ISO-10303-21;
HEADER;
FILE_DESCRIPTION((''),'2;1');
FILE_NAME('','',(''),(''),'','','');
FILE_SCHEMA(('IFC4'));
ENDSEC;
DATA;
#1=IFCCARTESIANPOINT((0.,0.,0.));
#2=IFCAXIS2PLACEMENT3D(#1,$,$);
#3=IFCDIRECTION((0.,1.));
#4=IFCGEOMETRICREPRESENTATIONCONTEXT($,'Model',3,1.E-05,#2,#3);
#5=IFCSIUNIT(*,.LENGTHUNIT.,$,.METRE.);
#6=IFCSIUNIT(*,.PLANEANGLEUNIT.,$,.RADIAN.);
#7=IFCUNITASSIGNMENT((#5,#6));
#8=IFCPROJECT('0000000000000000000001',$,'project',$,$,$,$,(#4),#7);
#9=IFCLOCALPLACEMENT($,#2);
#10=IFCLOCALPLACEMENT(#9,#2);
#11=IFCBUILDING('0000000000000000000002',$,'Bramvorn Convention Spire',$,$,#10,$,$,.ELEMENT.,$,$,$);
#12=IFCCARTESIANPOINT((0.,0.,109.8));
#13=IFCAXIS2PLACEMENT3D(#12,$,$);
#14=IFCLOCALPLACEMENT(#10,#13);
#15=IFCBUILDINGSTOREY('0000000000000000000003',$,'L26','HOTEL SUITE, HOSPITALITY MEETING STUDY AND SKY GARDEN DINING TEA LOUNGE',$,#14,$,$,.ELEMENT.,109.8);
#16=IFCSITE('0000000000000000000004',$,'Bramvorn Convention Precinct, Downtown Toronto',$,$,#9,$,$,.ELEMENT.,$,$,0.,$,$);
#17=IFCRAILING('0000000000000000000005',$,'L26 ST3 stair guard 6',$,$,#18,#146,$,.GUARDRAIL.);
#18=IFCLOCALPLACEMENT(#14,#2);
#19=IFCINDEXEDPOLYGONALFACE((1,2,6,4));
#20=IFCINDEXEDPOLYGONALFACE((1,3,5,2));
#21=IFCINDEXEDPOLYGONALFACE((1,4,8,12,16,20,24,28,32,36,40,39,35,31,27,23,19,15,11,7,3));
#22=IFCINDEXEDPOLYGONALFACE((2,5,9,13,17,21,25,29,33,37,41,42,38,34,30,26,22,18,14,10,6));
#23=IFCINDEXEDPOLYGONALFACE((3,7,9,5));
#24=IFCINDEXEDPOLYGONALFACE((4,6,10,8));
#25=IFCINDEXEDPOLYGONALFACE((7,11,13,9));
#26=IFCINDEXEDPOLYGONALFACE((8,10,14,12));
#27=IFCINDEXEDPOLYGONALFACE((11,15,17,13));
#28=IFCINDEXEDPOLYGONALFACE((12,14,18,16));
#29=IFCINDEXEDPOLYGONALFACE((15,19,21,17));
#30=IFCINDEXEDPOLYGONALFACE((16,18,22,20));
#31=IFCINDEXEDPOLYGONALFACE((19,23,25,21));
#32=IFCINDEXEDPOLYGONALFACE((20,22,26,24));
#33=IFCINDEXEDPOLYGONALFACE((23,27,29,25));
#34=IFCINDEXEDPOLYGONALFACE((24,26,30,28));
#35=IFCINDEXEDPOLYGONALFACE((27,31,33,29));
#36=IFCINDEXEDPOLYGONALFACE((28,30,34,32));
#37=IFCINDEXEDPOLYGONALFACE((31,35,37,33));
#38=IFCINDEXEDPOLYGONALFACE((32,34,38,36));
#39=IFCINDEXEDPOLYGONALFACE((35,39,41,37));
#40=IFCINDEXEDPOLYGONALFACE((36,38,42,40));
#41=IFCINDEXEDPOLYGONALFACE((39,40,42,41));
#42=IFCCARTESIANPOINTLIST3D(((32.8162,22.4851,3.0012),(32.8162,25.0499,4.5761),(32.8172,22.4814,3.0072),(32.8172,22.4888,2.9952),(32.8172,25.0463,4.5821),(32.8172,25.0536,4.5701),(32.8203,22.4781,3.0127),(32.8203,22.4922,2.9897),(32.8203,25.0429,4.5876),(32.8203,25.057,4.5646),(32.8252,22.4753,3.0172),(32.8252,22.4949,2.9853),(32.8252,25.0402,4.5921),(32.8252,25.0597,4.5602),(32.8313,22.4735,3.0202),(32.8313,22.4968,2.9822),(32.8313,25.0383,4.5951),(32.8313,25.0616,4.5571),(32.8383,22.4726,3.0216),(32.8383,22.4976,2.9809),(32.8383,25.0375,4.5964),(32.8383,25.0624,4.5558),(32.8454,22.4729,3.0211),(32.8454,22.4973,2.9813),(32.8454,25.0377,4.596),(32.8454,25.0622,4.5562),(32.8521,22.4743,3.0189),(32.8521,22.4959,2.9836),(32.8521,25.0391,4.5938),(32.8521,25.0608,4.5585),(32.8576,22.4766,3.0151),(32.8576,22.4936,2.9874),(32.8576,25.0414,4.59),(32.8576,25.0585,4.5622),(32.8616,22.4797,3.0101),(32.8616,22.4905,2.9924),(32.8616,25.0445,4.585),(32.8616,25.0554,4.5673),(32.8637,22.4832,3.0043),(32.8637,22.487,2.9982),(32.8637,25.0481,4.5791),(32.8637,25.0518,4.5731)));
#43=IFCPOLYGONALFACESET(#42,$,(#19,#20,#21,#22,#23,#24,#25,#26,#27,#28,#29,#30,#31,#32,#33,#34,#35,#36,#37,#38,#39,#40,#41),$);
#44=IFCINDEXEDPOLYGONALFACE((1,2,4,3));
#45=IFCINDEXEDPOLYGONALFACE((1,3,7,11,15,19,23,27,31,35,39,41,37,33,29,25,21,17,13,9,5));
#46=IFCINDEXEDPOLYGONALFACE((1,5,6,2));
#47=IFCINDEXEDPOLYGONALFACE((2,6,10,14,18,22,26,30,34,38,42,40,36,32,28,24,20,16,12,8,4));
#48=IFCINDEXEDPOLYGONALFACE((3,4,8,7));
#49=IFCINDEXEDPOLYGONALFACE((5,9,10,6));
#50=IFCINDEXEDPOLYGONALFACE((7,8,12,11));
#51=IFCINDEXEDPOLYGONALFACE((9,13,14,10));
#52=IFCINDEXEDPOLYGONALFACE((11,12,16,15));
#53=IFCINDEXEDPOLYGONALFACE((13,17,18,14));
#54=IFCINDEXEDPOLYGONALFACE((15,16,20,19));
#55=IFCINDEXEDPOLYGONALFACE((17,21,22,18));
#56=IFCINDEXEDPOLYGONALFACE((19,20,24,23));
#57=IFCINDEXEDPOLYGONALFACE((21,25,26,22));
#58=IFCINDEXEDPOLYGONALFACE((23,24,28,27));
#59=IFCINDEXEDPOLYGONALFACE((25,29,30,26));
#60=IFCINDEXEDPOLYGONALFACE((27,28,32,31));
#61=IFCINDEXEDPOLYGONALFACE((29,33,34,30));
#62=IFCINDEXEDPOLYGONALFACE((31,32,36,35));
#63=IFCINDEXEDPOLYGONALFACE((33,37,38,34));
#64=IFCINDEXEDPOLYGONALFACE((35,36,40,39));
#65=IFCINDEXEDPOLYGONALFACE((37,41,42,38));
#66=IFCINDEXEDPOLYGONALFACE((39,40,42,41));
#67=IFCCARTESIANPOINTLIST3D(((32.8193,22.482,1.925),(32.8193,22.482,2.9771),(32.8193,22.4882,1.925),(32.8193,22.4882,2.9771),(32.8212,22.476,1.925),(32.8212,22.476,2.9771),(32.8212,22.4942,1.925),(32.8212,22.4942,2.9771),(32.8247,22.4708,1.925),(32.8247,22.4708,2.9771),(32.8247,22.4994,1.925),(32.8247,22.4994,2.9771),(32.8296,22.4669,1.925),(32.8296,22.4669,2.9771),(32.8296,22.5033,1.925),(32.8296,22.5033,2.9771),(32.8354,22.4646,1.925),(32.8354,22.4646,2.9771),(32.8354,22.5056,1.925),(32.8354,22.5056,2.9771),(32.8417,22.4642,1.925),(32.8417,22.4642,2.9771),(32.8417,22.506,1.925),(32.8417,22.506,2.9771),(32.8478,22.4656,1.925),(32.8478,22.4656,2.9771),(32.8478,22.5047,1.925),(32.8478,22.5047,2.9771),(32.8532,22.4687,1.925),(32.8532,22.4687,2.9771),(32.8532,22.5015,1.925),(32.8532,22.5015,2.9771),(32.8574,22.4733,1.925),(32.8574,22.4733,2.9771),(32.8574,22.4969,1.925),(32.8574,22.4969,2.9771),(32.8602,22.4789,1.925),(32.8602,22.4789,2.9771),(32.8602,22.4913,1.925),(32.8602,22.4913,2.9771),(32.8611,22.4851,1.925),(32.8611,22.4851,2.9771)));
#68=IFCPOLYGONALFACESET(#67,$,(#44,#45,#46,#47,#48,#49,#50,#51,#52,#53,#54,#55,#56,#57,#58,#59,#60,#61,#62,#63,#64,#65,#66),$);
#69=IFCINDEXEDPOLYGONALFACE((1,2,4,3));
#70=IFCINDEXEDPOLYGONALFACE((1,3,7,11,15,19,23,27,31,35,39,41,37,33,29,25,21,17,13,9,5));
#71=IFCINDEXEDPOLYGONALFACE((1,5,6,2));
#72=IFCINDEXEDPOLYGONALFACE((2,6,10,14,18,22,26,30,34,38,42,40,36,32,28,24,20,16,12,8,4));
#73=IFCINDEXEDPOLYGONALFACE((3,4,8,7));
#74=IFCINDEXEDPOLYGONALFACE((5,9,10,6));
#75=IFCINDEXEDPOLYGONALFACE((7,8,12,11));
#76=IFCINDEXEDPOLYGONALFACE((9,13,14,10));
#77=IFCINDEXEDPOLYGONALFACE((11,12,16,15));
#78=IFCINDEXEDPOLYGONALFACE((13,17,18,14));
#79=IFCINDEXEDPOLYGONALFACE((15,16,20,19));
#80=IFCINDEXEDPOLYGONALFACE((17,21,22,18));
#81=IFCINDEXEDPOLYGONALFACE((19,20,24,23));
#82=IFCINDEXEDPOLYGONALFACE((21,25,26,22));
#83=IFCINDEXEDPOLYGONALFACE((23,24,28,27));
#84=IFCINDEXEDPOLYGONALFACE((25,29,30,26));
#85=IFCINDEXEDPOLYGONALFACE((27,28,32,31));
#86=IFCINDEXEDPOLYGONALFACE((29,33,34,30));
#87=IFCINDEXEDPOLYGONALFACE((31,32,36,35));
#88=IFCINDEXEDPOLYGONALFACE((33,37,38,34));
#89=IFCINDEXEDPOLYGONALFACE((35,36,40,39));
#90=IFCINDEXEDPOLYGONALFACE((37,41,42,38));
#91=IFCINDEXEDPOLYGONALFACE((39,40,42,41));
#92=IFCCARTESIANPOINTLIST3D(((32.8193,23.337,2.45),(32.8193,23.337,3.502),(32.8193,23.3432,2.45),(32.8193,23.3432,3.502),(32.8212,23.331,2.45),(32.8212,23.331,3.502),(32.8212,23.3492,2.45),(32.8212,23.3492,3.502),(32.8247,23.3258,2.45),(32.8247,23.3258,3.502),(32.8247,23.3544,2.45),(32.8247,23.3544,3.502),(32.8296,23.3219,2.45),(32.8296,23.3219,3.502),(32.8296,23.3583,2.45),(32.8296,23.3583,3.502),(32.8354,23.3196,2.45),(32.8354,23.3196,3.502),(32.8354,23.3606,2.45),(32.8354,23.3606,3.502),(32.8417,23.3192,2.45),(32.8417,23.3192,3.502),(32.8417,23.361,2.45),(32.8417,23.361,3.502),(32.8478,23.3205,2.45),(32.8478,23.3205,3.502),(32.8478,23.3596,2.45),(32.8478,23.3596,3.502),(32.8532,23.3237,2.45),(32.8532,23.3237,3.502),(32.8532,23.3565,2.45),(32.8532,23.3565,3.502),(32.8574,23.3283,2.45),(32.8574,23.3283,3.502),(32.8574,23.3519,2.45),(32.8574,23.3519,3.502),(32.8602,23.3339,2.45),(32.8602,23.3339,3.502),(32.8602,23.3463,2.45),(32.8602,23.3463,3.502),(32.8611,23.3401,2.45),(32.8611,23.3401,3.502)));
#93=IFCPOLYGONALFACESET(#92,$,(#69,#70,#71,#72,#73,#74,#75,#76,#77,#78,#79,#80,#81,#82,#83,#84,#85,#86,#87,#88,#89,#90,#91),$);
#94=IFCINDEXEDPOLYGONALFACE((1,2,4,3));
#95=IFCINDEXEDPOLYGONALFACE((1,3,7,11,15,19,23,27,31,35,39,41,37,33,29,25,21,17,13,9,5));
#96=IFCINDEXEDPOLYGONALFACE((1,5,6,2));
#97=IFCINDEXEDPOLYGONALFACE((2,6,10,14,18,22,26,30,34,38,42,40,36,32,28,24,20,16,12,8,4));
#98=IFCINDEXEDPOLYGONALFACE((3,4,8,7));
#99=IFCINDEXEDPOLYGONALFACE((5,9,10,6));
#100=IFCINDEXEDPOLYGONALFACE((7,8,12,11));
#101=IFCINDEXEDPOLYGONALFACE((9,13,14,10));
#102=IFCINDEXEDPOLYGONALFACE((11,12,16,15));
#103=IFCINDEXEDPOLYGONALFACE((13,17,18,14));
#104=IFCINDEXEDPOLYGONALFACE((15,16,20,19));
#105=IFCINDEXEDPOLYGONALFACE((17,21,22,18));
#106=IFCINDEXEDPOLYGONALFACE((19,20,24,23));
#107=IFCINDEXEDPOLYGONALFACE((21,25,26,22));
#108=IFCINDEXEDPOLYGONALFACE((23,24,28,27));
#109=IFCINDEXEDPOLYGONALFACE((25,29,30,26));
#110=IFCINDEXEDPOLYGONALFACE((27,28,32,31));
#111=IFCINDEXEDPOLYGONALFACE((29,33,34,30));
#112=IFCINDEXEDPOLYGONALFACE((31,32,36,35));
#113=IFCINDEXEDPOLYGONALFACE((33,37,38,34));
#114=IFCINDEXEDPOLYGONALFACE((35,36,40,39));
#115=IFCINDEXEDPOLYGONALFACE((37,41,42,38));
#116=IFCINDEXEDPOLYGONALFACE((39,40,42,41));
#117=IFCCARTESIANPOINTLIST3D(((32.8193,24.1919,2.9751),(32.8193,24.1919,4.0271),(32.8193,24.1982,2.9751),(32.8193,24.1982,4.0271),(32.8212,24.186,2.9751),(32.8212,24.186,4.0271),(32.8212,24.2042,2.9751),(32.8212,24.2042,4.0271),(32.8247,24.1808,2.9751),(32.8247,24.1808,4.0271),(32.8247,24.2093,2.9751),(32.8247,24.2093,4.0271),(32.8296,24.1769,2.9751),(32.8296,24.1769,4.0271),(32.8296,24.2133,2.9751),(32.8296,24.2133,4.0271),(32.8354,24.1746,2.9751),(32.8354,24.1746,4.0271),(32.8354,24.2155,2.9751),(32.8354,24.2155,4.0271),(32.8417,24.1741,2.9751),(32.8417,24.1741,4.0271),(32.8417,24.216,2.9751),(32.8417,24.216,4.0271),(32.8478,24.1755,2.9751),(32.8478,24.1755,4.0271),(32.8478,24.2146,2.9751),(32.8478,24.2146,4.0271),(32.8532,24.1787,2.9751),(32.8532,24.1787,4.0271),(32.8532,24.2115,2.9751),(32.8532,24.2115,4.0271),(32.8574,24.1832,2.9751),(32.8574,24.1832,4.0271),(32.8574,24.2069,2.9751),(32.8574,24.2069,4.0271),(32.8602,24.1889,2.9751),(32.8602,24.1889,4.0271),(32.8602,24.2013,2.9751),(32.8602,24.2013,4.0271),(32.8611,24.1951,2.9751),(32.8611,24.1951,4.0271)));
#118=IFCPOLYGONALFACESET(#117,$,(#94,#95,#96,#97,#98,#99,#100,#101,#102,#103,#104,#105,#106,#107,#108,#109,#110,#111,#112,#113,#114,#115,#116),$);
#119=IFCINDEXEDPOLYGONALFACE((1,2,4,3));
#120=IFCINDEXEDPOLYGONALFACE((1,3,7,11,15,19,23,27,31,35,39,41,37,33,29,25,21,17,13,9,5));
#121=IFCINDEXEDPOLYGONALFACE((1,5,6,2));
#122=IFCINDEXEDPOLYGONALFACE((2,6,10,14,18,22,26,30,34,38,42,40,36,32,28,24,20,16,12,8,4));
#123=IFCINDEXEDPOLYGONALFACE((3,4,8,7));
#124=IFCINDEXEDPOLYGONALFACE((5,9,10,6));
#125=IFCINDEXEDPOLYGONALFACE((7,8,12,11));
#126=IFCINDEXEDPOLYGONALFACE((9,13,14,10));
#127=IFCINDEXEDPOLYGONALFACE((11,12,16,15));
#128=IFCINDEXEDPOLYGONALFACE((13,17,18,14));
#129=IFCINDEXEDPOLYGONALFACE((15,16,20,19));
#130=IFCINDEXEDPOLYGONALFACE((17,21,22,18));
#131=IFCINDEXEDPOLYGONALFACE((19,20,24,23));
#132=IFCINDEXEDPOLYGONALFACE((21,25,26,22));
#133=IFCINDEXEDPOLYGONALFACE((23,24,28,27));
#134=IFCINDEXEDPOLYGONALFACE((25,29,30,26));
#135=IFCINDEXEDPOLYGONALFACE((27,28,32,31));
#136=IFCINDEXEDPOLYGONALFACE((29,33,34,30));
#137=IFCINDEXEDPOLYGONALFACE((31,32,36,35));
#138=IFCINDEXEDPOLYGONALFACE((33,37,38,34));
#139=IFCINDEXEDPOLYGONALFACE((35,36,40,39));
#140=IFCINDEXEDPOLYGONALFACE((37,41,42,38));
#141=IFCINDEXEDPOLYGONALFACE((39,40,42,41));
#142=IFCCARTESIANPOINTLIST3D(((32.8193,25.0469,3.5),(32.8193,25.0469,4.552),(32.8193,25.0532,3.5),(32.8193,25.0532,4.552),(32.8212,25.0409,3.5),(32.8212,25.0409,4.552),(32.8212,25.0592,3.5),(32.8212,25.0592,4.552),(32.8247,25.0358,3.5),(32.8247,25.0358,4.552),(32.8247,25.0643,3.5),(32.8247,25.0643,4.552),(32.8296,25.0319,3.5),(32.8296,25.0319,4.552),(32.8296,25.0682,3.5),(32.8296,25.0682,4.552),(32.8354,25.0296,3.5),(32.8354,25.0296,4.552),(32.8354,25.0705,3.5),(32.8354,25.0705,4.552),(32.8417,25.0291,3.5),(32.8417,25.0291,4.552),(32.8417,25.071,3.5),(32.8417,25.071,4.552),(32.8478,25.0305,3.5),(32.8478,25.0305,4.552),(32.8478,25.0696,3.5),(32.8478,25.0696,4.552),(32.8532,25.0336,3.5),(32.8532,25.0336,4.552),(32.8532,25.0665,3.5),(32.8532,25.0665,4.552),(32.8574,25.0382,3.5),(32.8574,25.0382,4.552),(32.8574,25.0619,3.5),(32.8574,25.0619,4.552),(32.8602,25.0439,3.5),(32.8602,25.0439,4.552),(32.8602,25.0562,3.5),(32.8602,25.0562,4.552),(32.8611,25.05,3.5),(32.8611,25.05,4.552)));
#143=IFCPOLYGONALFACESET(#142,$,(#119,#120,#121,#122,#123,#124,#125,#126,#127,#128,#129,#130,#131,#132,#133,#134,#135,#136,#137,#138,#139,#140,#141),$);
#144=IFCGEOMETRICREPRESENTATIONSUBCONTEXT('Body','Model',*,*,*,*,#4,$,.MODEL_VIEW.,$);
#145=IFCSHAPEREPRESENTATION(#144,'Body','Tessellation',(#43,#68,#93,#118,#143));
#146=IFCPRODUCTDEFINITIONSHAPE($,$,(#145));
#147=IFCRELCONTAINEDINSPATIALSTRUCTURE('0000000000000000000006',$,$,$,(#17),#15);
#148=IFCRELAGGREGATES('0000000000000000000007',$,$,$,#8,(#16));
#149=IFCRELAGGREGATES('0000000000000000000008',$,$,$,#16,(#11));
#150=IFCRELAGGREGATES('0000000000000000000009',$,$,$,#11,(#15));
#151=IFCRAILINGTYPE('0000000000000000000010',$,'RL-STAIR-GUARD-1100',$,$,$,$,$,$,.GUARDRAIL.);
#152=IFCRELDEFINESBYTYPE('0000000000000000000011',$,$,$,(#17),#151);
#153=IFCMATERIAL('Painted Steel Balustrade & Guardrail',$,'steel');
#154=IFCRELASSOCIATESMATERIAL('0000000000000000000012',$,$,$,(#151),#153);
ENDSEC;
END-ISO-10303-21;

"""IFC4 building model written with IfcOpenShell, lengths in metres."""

from ifc_helpers import new_model, si_unit, direction, frame, origin, origin_2d, place, context, subcontext, project, spatial, circle, extrude, material, type_object, element, save


model = new_model("IFC4")

# Units and contexts
model_context = context("Model", 3, precision=1e-05, world=origin(), true_north=direction((0.0, 1.0)))
body_context = subcontext(model_context, "Body", "Model", "MODEL_VIEW")
ifc_project = project(units=[si_unit("LENGTHUNIT", "METRE"), si_unit("PLANEANGLEUNIT", "RADIAN")], contexts=[model_context])

# Site, building, storey
site_placement = place(None, origin())
site = spatial("IfcSite", under=ifc_project, at=site_placement, Name="Bramvorn Convention Precinct, Downtown Toronto", CompositionType="ELEMENT", RefElevation=0.0)
building_placement = place(site_placement, origin())
building = spatial("IfcBuilding", under=site, at=building_placement, Name="Bramvorn Convention Spire", CompositionType="ELEMENT")
storey_placement = place(building_placement, frame((0.0, 0.0, 109.8)))
storey = spatial("IfcBuildingStorey", under=building, at=storey_placement, Name="L26", Description="HOTEL SUITE, HOSPITALITY MEETING STUDY AND SKY GARDEN DINING TEA LOUNGE", CompositionType="ELEMENT", Elevation=109.8)

# Railing
ifc_material_1 = material(Name="Painted Steel Balustrade & Guardrail", Category="steel")
railing_type_1 = type_object("IfcRailingType", Name="RL-STAIR-GUARD-1100", PredefinedType="GUARDRAIL", material=ifc_material_1)
railing_1_placement = place(storey_placement, frame((32.8401, 22.4851, 1.925)))
element("IfcRailing", 1, at=railing_1_placement, inside=storey, type_object=railing_type_1, Name="L26 ST3 stair guard 6", PredefinedType="GUARDRAIL", context=body_context, shape_type="SweptSolid", body=[
    extrude(circle(Radius=0.0239, at=origin_2d()), frame((0.0, 0.0, 1.0762), z_axis=(0.0, 0.852173, 0.52326), x_axis=(-1.0, 0.0, 0.0)), (0.0, 0.0, 1.0), 3.0098),
    extrude(circle(Radius=0.021, at=origin_2d()), origin(), (0.0, 0.0, 1.0), 1.052),
    extrude(circle(Radius=0.021, at=origin_2d()), frame((0.0, 0.855, 0.5249)), (0.0, 0.0, 1.0), 1.052),
    extrude(circle(Radius=0.021, at=origin_2d()), frame((0.0, 1.71, 1.05)), (0.0, 0.0, 1.0), 1.052),
    extrude(circle(Radius=0.021, at=origin_2d()), frame((0.0, 2.5649, 1.575)), (0.0, 0.0, 1.0), 1.052),
])

save(model, "model.ifc")
